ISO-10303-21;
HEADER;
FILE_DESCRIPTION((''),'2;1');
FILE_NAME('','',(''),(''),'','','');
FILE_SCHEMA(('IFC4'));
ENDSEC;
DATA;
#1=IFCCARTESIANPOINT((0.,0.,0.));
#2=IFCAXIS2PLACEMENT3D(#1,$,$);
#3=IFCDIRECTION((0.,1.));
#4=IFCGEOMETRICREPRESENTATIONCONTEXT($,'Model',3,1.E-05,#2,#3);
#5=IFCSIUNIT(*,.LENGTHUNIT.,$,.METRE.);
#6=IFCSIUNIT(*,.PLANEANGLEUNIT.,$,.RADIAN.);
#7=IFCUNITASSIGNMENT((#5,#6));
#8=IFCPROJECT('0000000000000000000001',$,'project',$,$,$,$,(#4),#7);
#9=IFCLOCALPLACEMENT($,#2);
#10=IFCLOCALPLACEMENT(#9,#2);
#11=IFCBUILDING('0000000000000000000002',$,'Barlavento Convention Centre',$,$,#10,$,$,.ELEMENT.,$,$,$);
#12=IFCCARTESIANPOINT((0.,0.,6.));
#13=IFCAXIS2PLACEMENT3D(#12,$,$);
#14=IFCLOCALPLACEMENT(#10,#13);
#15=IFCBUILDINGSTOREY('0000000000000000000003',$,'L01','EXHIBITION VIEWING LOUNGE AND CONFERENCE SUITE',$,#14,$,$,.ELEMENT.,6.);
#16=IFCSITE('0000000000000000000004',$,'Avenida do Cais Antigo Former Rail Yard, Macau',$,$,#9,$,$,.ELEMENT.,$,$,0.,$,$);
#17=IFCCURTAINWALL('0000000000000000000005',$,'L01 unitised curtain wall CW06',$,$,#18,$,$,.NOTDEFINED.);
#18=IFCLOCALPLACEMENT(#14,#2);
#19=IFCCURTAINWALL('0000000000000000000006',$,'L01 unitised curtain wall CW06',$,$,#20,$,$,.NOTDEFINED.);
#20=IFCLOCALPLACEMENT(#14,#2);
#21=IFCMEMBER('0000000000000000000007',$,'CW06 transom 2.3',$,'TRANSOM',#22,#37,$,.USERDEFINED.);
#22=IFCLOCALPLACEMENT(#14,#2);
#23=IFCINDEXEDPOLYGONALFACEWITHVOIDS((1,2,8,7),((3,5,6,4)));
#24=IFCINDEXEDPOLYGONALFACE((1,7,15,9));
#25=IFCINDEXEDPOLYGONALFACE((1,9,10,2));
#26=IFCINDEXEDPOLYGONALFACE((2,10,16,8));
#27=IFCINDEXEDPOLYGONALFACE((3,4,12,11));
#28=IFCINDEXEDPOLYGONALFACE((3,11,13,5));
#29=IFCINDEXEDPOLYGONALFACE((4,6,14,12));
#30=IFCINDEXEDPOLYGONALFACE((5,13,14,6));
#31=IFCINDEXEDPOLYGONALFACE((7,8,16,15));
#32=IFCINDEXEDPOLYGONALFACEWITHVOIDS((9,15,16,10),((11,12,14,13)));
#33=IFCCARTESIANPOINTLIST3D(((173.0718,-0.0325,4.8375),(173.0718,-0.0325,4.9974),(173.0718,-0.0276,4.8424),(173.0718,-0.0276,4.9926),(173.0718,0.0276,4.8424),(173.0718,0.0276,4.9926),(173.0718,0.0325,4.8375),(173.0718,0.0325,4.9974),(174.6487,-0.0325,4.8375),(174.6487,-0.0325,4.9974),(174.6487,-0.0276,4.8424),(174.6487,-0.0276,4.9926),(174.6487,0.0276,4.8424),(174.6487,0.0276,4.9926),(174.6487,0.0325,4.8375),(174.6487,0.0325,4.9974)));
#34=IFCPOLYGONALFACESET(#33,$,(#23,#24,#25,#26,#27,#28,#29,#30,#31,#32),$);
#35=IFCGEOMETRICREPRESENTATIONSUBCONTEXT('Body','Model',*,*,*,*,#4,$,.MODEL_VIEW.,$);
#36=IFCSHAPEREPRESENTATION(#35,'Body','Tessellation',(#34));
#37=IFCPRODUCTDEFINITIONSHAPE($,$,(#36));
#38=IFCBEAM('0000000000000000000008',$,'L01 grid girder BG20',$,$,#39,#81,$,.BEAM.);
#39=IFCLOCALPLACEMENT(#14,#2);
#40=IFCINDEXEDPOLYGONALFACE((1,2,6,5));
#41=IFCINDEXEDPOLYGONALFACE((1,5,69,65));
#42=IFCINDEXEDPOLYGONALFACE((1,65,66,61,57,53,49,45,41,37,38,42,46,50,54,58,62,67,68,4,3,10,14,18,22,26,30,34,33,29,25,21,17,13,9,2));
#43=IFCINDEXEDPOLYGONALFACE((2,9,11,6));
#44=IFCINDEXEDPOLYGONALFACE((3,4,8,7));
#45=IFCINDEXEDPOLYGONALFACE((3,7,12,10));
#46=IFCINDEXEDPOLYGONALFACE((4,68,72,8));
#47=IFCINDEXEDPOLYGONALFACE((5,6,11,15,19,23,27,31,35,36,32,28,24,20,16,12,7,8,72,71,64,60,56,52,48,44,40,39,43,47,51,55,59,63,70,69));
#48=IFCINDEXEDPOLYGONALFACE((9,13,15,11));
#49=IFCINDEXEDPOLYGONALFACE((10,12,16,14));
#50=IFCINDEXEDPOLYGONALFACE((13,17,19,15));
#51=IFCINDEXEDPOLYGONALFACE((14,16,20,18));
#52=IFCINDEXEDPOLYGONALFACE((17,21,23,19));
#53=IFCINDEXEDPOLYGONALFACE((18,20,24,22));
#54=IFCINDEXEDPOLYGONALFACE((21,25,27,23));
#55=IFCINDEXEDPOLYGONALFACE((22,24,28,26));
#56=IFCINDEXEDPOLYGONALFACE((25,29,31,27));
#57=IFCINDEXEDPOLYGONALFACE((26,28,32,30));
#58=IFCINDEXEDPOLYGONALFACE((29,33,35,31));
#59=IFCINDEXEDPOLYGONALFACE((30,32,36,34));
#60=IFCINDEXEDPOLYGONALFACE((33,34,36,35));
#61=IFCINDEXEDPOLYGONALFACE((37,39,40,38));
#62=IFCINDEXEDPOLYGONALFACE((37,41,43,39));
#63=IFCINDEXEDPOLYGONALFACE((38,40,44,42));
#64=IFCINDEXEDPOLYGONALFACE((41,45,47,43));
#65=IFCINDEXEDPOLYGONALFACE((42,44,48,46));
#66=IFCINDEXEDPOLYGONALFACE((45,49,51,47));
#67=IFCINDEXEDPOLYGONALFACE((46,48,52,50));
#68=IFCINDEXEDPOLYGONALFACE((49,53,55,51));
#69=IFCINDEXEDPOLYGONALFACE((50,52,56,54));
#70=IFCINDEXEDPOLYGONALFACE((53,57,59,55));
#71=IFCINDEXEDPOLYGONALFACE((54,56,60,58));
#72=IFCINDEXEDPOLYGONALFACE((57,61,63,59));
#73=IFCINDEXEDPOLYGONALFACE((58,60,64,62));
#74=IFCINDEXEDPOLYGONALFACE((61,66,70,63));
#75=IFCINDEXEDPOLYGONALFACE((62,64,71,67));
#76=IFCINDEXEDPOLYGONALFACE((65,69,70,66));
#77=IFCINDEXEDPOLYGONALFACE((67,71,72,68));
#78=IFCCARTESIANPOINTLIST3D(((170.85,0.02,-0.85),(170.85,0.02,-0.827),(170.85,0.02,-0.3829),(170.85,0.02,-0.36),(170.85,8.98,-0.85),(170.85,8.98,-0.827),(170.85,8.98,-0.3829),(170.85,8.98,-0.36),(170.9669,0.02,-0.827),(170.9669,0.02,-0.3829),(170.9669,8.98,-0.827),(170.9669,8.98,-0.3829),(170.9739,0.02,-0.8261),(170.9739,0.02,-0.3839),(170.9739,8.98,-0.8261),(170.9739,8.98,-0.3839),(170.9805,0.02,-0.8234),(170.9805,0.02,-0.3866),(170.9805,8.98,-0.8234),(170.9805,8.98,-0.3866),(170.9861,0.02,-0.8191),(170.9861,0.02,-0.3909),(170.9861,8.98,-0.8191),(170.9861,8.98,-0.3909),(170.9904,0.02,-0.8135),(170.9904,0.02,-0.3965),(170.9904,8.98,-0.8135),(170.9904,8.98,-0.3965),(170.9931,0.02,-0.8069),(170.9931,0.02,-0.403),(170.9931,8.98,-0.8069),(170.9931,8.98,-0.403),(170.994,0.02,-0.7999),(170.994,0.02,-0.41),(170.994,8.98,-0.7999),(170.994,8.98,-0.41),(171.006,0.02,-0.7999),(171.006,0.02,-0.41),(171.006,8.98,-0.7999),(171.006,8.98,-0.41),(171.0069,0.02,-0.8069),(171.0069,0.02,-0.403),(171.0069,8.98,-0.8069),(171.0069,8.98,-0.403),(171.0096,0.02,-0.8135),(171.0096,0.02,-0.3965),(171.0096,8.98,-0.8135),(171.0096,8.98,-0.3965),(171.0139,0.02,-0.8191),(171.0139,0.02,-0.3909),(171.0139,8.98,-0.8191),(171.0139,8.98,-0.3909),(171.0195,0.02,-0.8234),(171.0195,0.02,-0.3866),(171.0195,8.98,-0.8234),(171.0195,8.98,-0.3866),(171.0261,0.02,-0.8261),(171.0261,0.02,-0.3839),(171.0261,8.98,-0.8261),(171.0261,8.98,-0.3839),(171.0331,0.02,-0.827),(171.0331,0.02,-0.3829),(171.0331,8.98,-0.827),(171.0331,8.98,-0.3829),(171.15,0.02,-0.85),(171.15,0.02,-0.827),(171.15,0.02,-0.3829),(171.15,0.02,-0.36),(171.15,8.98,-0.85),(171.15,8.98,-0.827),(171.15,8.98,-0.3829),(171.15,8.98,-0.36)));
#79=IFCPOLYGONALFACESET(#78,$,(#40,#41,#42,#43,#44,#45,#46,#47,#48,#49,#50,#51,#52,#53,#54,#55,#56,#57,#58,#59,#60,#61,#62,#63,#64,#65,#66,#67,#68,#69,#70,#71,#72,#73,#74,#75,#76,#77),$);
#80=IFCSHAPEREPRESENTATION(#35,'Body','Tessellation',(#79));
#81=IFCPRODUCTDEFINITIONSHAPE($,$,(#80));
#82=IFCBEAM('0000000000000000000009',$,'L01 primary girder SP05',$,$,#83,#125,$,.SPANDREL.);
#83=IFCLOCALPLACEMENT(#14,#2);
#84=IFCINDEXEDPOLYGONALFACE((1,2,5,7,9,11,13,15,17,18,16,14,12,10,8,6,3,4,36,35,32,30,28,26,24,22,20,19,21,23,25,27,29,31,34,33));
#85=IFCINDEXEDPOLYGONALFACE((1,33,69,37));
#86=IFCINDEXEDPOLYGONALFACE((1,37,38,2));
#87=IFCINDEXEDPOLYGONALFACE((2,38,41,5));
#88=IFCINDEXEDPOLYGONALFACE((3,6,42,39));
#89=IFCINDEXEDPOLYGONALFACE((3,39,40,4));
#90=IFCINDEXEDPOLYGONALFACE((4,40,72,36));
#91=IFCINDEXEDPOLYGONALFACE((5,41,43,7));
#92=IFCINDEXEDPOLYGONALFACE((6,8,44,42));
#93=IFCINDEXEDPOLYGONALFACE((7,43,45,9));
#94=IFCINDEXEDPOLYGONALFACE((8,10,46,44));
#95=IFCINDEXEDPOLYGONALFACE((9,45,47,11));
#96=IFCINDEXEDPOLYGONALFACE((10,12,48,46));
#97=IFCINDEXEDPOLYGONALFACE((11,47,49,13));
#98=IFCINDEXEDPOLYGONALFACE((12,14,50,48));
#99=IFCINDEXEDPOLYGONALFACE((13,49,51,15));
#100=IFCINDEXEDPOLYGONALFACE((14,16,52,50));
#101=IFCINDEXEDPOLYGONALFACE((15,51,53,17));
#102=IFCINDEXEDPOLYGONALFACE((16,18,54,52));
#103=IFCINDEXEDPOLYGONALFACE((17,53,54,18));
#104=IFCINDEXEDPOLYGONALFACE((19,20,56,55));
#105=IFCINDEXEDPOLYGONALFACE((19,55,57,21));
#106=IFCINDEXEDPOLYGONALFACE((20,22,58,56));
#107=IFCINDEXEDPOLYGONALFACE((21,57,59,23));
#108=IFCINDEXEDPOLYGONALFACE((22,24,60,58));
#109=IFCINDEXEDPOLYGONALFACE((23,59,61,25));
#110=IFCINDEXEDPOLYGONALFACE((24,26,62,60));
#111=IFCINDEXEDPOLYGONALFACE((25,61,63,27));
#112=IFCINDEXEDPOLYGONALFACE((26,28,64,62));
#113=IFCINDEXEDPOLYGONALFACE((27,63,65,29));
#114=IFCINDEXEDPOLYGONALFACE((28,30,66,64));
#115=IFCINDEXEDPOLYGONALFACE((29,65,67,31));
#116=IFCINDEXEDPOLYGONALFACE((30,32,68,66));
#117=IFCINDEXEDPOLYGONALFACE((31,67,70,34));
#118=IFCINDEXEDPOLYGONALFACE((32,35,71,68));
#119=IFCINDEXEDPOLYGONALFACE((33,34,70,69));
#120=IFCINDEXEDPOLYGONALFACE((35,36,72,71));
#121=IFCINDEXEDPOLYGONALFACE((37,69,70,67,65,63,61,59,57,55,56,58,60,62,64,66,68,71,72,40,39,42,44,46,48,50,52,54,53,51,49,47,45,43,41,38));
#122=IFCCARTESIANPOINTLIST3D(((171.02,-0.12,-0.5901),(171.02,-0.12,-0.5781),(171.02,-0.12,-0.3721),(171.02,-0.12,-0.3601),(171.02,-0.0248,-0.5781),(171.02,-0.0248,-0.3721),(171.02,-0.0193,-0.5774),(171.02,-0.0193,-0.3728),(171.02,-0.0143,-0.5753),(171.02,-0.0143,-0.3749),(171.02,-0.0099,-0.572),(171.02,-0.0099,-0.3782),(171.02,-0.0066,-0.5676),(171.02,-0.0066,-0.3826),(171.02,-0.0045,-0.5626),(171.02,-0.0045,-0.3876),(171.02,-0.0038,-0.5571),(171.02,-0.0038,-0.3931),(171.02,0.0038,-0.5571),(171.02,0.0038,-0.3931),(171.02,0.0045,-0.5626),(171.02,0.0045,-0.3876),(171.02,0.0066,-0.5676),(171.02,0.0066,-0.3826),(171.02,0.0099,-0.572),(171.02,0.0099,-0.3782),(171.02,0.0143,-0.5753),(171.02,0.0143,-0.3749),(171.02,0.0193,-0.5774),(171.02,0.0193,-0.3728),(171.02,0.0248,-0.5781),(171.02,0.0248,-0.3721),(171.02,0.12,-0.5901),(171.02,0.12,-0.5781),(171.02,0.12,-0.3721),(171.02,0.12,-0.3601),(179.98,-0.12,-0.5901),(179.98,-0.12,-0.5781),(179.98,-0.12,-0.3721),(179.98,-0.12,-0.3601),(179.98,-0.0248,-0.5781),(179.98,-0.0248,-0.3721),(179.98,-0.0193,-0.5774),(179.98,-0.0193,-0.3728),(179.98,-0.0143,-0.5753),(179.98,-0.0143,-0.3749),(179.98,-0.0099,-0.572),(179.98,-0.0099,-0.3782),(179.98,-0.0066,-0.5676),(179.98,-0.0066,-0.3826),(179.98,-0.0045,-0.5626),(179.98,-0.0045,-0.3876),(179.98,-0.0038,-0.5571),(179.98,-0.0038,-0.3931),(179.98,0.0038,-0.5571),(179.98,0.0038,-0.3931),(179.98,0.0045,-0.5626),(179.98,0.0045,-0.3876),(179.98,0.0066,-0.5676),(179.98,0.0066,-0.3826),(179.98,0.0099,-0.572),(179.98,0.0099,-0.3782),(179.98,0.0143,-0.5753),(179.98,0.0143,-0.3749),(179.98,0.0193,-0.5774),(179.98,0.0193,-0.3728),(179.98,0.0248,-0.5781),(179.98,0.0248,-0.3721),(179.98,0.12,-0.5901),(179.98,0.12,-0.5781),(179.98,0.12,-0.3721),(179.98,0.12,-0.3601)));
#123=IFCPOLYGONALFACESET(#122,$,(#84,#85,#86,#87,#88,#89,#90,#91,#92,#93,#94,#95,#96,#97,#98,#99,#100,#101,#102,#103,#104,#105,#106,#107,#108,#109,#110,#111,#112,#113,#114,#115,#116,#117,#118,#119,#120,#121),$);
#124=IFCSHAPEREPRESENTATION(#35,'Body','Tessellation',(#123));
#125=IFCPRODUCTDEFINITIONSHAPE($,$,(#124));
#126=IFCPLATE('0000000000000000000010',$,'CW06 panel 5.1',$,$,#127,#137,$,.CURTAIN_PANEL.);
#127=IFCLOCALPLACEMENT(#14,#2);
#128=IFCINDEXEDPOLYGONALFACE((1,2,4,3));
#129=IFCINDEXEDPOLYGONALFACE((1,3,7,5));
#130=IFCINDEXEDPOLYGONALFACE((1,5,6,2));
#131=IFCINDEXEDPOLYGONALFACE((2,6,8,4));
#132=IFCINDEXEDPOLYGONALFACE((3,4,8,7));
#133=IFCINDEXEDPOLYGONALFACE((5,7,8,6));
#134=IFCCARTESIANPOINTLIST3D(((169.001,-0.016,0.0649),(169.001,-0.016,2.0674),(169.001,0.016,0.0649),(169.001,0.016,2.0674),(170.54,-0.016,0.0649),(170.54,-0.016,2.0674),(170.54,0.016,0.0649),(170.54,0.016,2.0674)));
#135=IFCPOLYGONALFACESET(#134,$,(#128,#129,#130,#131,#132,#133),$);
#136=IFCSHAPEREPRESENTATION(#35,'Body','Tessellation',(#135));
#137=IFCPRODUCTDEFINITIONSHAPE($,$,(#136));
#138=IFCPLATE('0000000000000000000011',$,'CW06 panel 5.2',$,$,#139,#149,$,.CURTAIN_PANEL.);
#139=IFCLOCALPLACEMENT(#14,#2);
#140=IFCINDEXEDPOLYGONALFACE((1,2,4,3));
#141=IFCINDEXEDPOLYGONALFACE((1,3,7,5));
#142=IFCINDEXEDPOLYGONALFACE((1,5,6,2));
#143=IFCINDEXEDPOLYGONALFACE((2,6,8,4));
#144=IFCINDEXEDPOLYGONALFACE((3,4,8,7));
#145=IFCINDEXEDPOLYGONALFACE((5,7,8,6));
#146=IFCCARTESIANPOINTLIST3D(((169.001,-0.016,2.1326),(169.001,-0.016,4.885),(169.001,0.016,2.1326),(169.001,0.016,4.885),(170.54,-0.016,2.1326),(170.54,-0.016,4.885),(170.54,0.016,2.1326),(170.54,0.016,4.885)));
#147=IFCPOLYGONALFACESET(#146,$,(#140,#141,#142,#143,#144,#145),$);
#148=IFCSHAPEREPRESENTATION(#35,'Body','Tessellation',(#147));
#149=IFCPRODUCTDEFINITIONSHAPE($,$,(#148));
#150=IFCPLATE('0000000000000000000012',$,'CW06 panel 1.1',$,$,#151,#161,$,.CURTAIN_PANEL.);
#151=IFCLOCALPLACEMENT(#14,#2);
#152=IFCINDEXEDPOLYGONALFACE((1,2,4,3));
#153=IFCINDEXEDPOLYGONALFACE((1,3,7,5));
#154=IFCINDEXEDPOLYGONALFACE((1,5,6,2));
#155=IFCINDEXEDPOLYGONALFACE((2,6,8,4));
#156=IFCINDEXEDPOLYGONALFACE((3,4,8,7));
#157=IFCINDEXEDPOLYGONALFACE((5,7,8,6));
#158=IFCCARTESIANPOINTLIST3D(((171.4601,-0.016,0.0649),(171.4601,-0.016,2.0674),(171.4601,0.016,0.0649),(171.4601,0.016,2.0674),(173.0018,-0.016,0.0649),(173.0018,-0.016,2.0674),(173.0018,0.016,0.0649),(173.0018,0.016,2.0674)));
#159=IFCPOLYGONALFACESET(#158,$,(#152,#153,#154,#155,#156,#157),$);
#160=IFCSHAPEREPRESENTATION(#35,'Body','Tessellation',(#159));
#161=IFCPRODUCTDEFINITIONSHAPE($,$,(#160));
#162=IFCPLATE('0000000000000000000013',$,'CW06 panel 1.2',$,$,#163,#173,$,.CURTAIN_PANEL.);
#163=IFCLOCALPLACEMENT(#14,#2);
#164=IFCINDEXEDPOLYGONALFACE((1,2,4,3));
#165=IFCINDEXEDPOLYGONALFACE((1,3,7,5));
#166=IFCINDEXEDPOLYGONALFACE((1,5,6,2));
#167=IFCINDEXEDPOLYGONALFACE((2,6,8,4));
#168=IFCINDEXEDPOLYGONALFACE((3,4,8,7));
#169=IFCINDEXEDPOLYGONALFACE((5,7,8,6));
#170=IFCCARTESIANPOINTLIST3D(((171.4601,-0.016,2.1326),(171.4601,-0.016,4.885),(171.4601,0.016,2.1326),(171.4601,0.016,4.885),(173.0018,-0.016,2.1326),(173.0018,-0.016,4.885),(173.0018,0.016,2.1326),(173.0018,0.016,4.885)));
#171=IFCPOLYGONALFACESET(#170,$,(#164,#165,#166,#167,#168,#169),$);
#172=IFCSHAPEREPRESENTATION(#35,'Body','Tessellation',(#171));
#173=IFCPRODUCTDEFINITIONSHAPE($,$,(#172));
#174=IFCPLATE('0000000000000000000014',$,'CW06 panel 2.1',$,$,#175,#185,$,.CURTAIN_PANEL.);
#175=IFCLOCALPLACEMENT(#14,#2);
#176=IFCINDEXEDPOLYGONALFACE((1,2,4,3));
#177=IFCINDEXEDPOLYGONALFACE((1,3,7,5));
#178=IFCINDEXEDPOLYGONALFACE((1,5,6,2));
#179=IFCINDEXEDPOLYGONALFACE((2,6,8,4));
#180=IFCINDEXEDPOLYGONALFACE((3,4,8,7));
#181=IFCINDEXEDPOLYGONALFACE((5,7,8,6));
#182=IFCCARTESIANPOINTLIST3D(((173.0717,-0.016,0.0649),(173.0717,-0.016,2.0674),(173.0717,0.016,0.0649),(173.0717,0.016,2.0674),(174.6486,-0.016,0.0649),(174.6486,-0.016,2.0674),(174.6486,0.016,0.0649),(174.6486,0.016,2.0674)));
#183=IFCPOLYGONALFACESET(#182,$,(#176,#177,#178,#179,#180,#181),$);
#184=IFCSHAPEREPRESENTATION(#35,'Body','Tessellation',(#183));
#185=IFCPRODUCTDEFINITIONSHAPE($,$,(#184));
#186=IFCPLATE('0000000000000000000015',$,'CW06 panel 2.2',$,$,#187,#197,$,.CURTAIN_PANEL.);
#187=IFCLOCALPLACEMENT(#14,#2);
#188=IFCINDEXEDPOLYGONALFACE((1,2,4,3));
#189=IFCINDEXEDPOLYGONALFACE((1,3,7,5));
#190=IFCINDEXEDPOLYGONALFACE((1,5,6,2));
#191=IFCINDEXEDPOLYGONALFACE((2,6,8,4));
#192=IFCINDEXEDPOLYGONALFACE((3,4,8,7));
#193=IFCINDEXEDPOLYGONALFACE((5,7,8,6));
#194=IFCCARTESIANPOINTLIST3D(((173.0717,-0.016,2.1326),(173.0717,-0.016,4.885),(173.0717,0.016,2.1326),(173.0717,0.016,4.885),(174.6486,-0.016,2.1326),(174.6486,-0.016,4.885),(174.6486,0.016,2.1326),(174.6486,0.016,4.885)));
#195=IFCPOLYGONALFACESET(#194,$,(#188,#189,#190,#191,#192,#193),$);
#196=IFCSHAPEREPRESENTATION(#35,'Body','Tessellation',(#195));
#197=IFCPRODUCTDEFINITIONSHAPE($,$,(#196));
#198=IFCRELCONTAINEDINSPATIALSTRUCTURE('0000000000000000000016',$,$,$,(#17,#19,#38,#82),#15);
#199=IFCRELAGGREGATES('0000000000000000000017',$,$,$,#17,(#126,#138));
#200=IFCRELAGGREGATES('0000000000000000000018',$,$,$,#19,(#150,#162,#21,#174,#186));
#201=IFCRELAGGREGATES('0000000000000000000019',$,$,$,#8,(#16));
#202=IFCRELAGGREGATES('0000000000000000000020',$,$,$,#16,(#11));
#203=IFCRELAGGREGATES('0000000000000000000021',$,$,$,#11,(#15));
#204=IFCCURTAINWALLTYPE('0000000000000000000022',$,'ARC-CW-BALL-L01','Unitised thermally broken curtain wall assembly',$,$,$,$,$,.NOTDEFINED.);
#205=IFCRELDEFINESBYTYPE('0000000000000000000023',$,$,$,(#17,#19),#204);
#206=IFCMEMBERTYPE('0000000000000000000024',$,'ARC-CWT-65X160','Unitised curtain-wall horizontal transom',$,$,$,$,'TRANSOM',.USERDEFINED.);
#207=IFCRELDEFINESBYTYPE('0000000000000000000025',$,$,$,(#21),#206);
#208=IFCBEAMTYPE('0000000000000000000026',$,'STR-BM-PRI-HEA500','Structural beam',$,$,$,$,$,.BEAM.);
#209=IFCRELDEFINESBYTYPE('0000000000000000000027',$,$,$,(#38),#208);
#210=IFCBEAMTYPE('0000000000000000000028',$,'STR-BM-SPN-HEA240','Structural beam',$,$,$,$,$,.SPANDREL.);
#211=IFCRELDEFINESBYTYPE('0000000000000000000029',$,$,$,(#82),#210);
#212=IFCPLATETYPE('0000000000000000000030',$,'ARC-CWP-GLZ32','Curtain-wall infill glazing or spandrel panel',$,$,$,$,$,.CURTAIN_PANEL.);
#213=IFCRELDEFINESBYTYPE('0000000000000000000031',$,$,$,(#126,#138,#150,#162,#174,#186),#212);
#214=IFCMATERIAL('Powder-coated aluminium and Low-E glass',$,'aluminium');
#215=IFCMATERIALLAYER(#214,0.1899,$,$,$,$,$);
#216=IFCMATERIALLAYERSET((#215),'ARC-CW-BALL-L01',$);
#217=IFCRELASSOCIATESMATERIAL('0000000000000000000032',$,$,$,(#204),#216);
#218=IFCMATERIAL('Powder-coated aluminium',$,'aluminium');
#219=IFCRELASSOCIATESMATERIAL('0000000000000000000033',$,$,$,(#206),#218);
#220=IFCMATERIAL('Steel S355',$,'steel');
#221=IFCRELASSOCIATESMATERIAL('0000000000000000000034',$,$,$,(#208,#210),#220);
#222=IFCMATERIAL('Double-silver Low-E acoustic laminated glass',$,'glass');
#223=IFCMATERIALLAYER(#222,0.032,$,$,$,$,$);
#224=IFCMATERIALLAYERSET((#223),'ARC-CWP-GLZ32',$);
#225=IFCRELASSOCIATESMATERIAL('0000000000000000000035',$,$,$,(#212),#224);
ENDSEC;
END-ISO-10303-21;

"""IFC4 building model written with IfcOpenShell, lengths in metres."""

from ifc_helpers import new_model, si_unit, direction, frame, origin, origin_2d, place, context, subcontext, project, spatial, rectangle, hollow_rectangle, i_section, extrude, material, layer, layer_set, material_profile, profile_set, type_object, element, aggregate, save


model = new_model("IFC4")

# Units and contexts
model_context = context("Model", 3, precision=1e-05, world=origin(), true_north=direction((0.0, 1.0)))
body_context = subcontext(model_context, "Body", "Model", "MODEL_VIEW")
ifc_project = project(units=[si_unit("LENGTHUNIT", "METRE"), si_unit("PLANEANGLEUNIT", "RADIAN")], contexts=[model_context])

# Site, building, storey
site_placement = place(None, origin())
site = spatial("IfcSite", under=ifc_project, at=site_placement, Name="Avenida do Cais Antigo Former Rail Yard, Macau", CompositionType="ELEMENT", RefElevation=0.0)
building_placement = place(site_placement, origin())
building = spatial("IfcBuilding", under=site, at=building_placement, Name="Barlavento Convention Centre", CompositionType="ELEMENT")
storey_placement = place(building_placement, frame((0.0, 0.0, 6.0)))
storey = spatial("IfcBuildingStorey", under=building, at=storey_placement, Name="L01", Description="EXHIBITION VIEWING LOUNGE AND CONFERENCE SUITE", CompositionType="ELEMENT", Elevation=6.0)

# Curtain wall
ifc_material_1 = material(Name="Powder-coated aluminium and Low-E glass", Category="aluminium")
ifc_layer_1 = layer(ifc_material_1, 0.1899)
ifc_layer_set_1 = layer_set([ifc_layer_1], Name="ARC-CW-BALL-L01")
curtain_wall_type = type_object("IfcCurtainWallType", Name="ARC-CW-BALL-L01", Description="Unitised thermally broken curtain wall assembly", PredefinedType="NOTDEFINED", material=ifc_layer_set_1)
curtain_wall_1_placement = place(storey_placement, origin())
curtain_wall_1 = element("IfcCurtainWall", 1, at=curtain_wall_1_placement, inside=storey, type_object=curtain_wall_type, Name="L01 unitised curtain wall CW06", PredefinedType="NOTDEFINED")
ifc_material_2 = material(Name="Powder-coated aluminium", Category="aluminium")

# Curtain wall
curtain_wall_2_placement = place(storey_placement, origin())
curtain_wall_2 = element("IfcCurtainWall", 2, at=curtain_wall_2_placement, inside=storey, type_object=curtain_wall_type, Name="L01 unitised curtain wall CW06", PredefinedType="NOTDEFINED")

# Member
ifc_material_profile_1 = material_profile(ifc_material_2, hollow_rectangle(XDim=0.0649, YDim=0.1599, WallThickness=0.0049, at=origin_2d()), Name="AL-TRAN 65x160x5")
ifc_profile_set_1 = profile_set([ifc_material_profile_1], Name="Powder-coated aluminium")
member_type_1 = type_object("IfcMemberType", Name="ARC-CWT-65X160", Description="Unitised curtain-wall horizontal transom", ElementType="TRANSOM", PredefinedType="USERDEFINED", material=ifc_profile_set_1)
member_1_placement = place(storey_placement, frame((173.0718, 0.0, 4.9175), z_axis=(1.0, 0.0, 0.0), x_axis=(0.0, 1.0, 0.0)))
member_1 = element("IfcMember", 3, at=member_1_placement, type_object=member_type_1, Name="CW06 transom 2.3", ObjectType="TRANSOM", PredefinedType="USERDEFINED", context=body_context, shape_type="SweptSolid", body=[
    extrude(hollow_rectangle(XDim=0.0649, YDim=0.1599, WallThickness=0.0049, at=origin_2d()), origin(), (0.0, 0.0, 1.0), 1.5769),
])

# Beams
ifc_material_3 = material(Name="Steel S355", Category="steel")
ifc_material_profile_2 = material_profile(ifc_material_3, i_section(OverallWidth=0.3, OverallDepth=0.49, WebThickness=0.012, FlangeThickness=0.0229, FilletRadius=0.0271, at=origin_2d()), Name="HEA 500")
ifc_profile_set_2 = profile_set([ifc_material_profile_2], Name="Steel S355")
beam_type_1 = type_object("IfcBeamType", Name="STR-BM-PRI-HEA500", Description="Structural beam", PredefinedType="BEAM", material=ifc_profile_set_2)
beam_1_placement = place(storey_placement, frame((171.0, 0.02, -0.605), z_axis=(0.0, 1.0, 0.0), x_axis=(-1.0, 0.0, 0.0)))
element("IfcBeam", 4, at=beam_1_placement, inside=storey, type_object=beam_type_1, Name="L01 grid girder BG20", PredefinedType="BEAM", context=body_context, shape_type="SweptSolid", body=[
    extrude(i_section(OverallWidth=0.3, OverallDepth=0.49, WebThickness=0.012, FlangeThickness=0.0229, FilletRadius=0.0271, at=origin_2d()), origin(), (0.0, 0.0, 1.0), 8.96),
])
ifc_material_profile_3 = material_profile(ifc_material_3, i_section(OverallWidth=0.24, OverallDepth=0.23, WebThickness=0.0076, FlangeThickness=0.012, FilletRadius=0.021, at=origin_2d()), Name="HEA 240")
ifc_profile_set_3 = profile_set([ifc_material_profile_3], Name="Steel S355")
beam_type_2 = type_object("IfcBeamType", Name="STR-BM-SPN-HEA240", Description="Structural beam", PredefinedType="SPANDREL", material=ifc_profile_set_3)
beam_2_placement = place(storey_placement, frame((171.02, 0.0, -0.4751), z_axis=(1.0, 0.0, 0.0), x_axis=(0.0, 1.0, 0.0)))
element("IfcBeam", 5, at=beam_2_placement, inside=storey, type_object=beam_type_2, Name="L01 primary girder SP05", PredefinedType="SPANDREL", context=body_context, shape_type="SweptSolid", body=[
    extrude(i_section(OverallWidth=0.24, OverallDepth=0.23, WebThickness=0.0076, FlangeThickness=0.012, FilletRadius=0.021, at=origin_2d()), origin(), (0.0, 0.0, 1.0), 8.96),
])

# Plates
ifc_material_4 = material(Name="Double-silver Low-E acoustic laminated glass", Category="glass")
ifc_layer_2 = layer(ifc_material_4, 0.032)
ifc_layer_set_2 = layer_set([ifc_layer_2], Name="ARC-CWP-GLZ32")
plate_type = type_object("IfcPlateType", Name="ARC-CWP-GLZ32", Description="Curtain-wall infill glazing or spandrel panel", PredefinedType="CURTAIN_PANEL", material=ifc_layer_set_2)
plate_1_placement = place(storey_placement, frame((169.7705, 0.0, 0.0649), z_axis=(0.0, 0.0, 1.0), x_axis=(1.0, 0.0, 0.0)))
plate_1 = element("IfcPlate", 6, at=plate_1_placement, type_object=plate_type, Name="CW06 panel 5.1", PredefinedType="CURTAIN_PANEL", context=body_context, shape_type="SweptSolid", body=[
    extrude(rectangle(XDim=1.5391, YDim=0.032, at=origin_2d()), origin(), (0.0, 0.0, 1.0), 2.0024),
])
plate_2_placement = place(storey_placement, frame((169.7705, 0.0, 2.1326), z_axis=(0.0, 0.0, 1.0), x_axis=(1.0, 0.0, 0.0)))
plate_2 = element("IfcPlate", 7, at=plate_2_placement, type_object=plate_type, Name="CW06 panel 5.2", PredefinedType="CURTAIN_PANEL", context=body_context, shape_type="SweptSolid", body=[
    extrude(rectangle(XDim=1.5391, YDim=0.032, at=origin_2d()), origin(), (0.0, 0.0, 1.0), 2.7524),
])
aggregate(curtain_wall_1, [plate_1, plate_2])
plate_3_placement = place(storey_placement, frame((172.231, 0.0, 0.0649), z_axis=(0.0, 0.0, 1.0), x_axis=(1.0, 0.0, 0.0)))
plate_3 = element("IfcPlate", 8, at=plate_3_placement, type_object=plate_type, Name="CW06 panel 1.1", PredefinedType="CURTAIN_PANEL", context=body_context, shape_type="SweptSolid", body=[
    extrude(rectangle(XDim=1.5417, YDim=0.032, at=origin_2d()), origin(), (0.0, 0.0, 1.0), 2.0024),
])
plate_4_placement = place(storey_placement, frame((172.231, 0.0, 2.1326), z_axis=(0.0, 0.0, 1.0), x_axis=(1.0, 0.0, 0.0)))
plate_4 = element("IfcPlate", 9, at=plate_4_placement, type_object=plate_type, Name="CW06 panel 1.2", PredefinedType="CURTAIN_PANEL", context=body_context, shape_type="SweptSolid", body=[
    extrude(rectangle(XDim=1.5417, YDim=0.032, at=origin_2d()), origin(), (0.0, 0.0, 1.0), 2.7524),
])
plate_5_placement = place(storey_placement, frame((173.8601, 0.0, 0.0649), z_axis=(0.0, 0.0, 1.0), x_axis=(1.0, 0.0, 0.0)))
plate_5 = element("IfcPlate", 10, at=plate_5_placement, type_object=plate_type, Name="CW06 panel 2.1", PredefinedType="CURTAIN_PANEL", context=body_context, shape_type="SweptSolid", body=[
    extrude(rectangle(XDim=1.5769, YDim=0.032, at=origin_2d()), origin(), (0.0, 0.0, 1.0), 2.0024),
])
plate_6_placement = place(storey_placement, frame((173.8601, 0.0, 2.1326), z_axis=(0.0, 0.0, 1.0), x_axis=(1.0, 0.0, 0.0)))
plate_6 = element("IfcPlate", 11, at=plate_6_placement, type_object=plate_type, Name="CW06 panel 2.2", PredefinedType="CURTAIN_PANEL", context=body_context, shape_type="SweptSolid", body=[
    extrude(rectangle(XDim=1.5769, YDim=0.032, at=origin_2d()), origin(), (0.0, 0.0, 1.0), 2.7524),
])
aggregate(curtain_wall_2, [plate_3, plate_4, member_1, plate_5, plate_6])

save(model, "model.ifc")
